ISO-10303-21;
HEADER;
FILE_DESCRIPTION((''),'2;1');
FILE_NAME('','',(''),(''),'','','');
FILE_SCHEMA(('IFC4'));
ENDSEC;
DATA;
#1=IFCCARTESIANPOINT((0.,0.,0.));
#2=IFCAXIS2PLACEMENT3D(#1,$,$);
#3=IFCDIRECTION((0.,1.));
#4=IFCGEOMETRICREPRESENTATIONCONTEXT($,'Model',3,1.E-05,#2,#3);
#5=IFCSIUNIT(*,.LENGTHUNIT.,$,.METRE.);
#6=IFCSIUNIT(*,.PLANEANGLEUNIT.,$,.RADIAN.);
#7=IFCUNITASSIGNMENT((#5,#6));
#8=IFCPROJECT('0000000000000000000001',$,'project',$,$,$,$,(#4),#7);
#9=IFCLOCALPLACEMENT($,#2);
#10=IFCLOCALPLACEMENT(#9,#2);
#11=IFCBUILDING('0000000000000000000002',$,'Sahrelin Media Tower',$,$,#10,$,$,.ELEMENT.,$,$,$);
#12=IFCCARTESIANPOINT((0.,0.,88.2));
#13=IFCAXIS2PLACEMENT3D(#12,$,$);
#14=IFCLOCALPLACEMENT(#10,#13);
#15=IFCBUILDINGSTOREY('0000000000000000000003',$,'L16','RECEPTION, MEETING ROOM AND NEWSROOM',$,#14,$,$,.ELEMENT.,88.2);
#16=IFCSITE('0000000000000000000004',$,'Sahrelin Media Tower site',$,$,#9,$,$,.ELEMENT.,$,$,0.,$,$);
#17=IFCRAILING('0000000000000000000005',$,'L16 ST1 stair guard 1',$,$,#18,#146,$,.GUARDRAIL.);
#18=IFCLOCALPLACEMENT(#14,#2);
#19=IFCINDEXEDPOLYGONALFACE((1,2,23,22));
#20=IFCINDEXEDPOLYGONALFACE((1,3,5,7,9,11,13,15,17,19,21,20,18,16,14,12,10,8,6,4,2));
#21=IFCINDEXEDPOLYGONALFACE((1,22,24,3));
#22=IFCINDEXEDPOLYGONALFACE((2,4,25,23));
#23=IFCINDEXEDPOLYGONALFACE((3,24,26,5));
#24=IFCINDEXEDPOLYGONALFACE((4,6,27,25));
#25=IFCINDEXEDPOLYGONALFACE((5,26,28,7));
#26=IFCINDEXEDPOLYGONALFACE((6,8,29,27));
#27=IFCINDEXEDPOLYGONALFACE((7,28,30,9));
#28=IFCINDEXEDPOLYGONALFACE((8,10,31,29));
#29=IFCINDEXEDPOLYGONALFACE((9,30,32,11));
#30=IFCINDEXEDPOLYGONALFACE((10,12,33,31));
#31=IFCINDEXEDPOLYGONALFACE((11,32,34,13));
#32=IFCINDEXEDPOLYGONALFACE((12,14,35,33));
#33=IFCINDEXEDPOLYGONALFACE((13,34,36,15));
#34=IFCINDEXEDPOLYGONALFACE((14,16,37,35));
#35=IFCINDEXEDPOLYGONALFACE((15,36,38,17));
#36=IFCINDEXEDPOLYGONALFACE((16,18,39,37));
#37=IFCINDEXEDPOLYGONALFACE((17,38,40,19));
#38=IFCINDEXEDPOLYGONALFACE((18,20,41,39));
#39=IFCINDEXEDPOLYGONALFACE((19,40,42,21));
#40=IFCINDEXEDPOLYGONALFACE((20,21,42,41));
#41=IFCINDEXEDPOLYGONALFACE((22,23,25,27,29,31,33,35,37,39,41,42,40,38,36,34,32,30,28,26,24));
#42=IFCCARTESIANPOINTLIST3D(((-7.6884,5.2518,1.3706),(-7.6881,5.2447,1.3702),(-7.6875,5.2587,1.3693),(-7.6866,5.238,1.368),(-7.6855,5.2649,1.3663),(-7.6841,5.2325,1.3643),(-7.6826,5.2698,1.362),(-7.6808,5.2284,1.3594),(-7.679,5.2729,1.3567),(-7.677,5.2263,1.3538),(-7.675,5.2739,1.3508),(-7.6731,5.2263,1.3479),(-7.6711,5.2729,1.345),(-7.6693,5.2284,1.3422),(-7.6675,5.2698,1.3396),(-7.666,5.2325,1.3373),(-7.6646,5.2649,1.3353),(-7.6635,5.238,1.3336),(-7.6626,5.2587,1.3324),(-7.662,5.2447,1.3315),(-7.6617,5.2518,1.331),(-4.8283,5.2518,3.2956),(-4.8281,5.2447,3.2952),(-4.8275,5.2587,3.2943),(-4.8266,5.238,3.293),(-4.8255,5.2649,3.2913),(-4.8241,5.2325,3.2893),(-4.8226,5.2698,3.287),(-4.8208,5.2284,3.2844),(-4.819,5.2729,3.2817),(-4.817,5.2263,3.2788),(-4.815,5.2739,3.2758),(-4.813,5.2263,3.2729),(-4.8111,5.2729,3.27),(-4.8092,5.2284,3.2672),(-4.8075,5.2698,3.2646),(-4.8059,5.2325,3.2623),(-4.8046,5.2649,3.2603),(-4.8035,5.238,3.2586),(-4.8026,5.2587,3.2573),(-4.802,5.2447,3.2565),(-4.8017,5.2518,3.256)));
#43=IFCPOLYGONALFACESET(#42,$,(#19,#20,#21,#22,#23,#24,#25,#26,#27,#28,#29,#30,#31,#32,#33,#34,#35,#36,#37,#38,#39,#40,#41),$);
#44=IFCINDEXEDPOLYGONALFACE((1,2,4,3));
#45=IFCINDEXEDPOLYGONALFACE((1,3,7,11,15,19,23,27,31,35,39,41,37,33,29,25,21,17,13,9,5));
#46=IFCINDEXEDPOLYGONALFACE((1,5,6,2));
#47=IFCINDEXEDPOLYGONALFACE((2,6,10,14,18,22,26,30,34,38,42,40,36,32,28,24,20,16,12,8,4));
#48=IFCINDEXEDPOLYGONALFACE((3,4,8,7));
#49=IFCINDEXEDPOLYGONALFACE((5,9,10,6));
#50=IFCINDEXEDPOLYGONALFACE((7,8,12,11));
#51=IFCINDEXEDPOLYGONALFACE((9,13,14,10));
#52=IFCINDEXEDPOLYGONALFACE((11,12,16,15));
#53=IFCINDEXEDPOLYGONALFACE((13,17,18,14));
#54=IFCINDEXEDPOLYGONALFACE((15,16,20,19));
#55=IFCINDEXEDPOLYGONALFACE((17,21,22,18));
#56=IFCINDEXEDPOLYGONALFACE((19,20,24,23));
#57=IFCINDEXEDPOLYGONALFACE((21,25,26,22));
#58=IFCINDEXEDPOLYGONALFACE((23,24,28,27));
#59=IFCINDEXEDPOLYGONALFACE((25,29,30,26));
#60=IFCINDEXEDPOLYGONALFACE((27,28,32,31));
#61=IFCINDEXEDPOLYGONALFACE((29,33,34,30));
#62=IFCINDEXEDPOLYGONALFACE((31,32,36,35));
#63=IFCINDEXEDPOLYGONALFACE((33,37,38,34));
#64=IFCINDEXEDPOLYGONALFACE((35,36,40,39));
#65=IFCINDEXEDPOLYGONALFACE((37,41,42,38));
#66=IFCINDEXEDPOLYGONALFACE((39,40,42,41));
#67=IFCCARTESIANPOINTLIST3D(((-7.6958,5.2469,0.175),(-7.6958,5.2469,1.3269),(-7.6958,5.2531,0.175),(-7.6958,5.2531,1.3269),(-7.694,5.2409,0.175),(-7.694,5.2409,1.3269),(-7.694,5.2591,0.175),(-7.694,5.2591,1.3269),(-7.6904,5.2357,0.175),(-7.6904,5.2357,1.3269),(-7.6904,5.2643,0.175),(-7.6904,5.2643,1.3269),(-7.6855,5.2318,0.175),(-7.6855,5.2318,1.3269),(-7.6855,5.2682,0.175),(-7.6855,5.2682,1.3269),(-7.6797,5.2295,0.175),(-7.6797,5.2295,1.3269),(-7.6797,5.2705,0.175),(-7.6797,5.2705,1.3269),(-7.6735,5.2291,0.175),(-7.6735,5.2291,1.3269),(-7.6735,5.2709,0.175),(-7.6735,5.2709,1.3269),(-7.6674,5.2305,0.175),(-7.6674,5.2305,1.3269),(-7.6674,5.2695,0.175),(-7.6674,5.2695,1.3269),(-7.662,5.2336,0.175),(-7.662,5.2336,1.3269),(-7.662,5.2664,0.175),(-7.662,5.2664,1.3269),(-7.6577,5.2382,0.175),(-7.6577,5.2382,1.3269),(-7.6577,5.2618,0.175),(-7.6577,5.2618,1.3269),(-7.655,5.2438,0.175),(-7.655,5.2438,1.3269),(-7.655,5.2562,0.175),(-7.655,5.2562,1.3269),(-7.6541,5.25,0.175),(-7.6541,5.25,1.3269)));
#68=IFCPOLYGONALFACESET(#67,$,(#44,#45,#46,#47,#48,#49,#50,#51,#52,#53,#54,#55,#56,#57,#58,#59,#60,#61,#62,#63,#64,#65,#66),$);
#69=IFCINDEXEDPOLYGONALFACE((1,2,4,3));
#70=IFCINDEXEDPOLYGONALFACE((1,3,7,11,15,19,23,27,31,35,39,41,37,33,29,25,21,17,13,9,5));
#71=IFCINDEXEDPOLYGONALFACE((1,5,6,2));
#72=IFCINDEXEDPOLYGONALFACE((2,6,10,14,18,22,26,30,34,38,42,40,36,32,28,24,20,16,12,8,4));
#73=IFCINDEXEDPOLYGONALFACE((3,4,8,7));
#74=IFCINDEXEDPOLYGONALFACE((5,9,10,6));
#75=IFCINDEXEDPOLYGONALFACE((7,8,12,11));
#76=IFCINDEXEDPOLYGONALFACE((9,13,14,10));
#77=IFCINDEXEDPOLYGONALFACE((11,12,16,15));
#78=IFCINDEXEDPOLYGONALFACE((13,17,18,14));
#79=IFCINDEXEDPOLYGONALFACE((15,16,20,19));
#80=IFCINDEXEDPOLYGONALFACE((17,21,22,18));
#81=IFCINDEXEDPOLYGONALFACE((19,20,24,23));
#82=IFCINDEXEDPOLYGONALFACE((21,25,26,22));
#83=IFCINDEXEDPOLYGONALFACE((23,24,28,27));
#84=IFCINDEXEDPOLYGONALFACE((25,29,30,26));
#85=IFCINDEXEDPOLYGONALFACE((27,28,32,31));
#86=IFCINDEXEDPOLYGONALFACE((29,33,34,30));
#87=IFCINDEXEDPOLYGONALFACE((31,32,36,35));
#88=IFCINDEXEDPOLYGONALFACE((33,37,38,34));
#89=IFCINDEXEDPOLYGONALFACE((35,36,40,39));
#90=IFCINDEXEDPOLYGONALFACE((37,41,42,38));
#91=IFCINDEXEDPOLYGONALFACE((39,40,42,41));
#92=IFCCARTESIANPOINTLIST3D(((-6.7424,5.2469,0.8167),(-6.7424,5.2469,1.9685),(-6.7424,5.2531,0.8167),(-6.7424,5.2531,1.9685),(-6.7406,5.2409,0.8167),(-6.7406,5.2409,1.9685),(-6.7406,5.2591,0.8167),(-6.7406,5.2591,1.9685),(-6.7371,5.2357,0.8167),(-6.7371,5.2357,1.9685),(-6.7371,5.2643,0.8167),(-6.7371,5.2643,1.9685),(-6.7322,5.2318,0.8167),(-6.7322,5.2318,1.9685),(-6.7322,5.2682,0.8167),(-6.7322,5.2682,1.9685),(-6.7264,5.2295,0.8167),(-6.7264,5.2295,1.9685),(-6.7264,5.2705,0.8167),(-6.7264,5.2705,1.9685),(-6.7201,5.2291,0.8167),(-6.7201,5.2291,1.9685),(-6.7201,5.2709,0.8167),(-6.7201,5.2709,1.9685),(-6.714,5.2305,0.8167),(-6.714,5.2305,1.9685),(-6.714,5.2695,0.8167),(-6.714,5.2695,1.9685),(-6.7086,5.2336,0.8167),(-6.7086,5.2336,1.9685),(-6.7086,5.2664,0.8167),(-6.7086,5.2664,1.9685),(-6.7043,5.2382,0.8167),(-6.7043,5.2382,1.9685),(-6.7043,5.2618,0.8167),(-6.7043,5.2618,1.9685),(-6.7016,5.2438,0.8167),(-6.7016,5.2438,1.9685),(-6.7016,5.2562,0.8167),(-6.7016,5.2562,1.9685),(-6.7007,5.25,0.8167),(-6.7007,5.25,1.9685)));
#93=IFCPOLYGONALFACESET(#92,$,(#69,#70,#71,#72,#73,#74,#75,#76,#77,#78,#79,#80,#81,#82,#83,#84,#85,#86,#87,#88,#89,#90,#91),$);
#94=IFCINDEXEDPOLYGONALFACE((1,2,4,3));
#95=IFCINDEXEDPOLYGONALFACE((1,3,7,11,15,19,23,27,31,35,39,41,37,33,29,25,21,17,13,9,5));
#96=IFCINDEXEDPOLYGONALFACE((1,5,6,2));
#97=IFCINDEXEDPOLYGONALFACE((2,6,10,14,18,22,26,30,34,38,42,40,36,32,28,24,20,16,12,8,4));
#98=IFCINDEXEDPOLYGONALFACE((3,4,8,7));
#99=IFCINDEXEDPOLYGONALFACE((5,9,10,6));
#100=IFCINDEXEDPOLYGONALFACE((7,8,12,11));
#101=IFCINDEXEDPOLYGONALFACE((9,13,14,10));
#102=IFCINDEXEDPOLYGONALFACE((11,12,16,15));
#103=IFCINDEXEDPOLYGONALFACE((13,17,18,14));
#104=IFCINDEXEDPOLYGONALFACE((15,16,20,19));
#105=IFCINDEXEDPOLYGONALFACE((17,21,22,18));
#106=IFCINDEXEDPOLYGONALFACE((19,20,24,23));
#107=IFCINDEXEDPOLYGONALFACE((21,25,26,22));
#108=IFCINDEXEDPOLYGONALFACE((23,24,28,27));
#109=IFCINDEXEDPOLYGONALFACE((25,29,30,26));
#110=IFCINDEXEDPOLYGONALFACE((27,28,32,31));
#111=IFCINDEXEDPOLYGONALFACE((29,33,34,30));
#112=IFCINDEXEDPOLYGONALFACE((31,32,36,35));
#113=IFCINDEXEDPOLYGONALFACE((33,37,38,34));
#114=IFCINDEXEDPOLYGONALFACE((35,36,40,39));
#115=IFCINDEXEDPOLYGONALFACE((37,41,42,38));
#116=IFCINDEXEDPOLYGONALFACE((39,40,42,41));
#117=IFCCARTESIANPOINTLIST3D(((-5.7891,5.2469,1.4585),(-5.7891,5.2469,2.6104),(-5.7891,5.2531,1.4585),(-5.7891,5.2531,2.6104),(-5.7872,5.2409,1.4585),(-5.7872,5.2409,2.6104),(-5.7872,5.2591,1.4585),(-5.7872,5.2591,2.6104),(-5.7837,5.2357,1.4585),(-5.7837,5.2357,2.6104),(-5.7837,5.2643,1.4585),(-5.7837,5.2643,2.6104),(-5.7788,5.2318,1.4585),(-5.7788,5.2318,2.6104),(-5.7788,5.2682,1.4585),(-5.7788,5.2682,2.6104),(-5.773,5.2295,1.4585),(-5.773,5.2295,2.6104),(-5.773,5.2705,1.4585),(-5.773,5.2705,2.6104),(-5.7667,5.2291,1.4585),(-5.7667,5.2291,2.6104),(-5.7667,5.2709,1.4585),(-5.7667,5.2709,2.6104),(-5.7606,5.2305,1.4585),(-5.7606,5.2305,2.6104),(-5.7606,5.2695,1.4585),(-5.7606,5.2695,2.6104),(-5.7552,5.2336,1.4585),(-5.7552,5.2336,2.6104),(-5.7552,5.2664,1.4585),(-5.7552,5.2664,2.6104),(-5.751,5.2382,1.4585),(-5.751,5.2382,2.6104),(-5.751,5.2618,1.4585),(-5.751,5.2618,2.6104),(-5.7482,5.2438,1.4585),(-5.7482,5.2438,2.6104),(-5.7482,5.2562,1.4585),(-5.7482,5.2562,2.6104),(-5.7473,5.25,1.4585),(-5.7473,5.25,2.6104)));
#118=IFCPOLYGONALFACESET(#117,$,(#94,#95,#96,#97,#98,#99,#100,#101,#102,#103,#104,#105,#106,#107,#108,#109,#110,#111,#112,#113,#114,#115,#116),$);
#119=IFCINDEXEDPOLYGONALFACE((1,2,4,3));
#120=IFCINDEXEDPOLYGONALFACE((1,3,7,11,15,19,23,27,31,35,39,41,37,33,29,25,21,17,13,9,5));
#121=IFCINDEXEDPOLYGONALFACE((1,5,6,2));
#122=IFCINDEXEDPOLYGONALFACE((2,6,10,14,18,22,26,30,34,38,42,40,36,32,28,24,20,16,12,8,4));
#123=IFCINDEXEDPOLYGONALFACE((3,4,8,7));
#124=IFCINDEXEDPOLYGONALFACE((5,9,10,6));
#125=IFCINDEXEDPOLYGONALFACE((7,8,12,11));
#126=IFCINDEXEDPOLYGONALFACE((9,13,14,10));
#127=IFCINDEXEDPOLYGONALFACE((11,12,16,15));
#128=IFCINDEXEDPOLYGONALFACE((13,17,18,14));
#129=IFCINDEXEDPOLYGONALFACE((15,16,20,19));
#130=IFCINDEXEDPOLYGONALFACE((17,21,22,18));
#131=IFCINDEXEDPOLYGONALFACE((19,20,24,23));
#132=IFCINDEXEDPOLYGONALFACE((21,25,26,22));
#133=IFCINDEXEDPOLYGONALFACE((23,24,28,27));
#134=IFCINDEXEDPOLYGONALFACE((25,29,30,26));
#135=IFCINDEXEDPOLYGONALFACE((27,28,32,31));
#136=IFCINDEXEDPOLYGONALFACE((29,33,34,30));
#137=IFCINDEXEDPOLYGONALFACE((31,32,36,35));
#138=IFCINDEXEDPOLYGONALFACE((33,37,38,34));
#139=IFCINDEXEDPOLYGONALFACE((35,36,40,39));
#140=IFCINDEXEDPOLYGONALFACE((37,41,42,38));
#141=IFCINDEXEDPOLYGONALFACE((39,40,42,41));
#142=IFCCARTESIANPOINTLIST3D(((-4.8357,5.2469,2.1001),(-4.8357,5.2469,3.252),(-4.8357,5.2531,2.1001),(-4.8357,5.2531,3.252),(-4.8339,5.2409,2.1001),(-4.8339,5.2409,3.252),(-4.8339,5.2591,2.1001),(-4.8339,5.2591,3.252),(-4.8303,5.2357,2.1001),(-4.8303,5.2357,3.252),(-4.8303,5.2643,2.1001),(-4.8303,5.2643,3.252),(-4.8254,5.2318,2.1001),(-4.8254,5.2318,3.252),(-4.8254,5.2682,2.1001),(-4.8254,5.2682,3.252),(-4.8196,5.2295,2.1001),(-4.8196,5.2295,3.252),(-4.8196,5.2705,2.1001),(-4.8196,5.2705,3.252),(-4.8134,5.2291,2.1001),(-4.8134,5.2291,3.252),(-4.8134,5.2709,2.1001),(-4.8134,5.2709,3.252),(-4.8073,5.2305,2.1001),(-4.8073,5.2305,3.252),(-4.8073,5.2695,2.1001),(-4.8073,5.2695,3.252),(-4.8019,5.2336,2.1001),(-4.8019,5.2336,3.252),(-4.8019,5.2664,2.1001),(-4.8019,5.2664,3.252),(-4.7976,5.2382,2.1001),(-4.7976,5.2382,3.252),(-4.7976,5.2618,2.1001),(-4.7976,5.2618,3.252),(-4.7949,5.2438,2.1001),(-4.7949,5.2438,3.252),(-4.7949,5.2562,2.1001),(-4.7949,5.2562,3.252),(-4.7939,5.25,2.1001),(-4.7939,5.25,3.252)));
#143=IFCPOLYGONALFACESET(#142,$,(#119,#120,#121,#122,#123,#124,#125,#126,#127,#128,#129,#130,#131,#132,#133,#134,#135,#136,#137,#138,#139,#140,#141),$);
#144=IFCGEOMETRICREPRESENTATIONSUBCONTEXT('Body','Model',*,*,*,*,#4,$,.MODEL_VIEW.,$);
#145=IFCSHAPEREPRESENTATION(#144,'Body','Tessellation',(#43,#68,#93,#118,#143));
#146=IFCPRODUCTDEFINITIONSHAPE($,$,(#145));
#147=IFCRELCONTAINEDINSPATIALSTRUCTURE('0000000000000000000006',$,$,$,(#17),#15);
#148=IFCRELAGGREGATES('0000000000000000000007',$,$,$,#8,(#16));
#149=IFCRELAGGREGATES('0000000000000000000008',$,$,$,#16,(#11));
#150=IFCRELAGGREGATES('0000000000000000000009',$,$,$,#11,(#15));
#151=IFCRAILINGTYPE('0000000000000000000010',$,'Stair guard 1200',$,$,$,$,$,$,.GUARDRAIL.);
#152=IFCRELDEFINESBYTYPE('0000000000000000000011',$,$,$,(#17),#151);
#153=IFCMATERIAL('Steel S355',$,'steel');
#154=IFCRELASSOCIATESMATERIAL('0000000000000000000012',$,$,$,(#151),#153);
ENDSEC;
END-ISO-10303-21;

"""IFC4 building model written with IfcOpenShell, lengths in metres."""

from ifc_helpers import new_model, si_unit, direction, frame, origin, origin_2d, place, context, subcontext, project, spatial, circle, extrude, material, type_object, element, save


model = new_model("IFC4")

# Units and contexts
model_context = context("Model", 3, precision=1e-05, world=origin(), true_north=direction((0.0, 1.0)))
body_context = subcontext(model_context, "Body", "Model", "MODEL_VIEW")
ifc_project = project(units=[si_unit("LENGTHUNIT", "METRE"), si_unit("PLANEANGLEUNIT", "RADIAN")], contexts=[model_context])

# Site, building, storey
site_placement = place(None, origin())
site = spatial("IfcSite", under=ifc_project, at=site_placement, Name="Sahrelin Media Tower site", CompositionType="ELEMENT", RefElevation=0.0)
building_placement = place(site_placement, origin())
building = spatial("IfcBuilding", under=site, at=building_placement, Name="Sahrelin Media Tower", CompositionType="ELEMENT")
storey_placement = place(building_placement, frame((0.0, 0.0, 88.2)))
storey = spatial("IfcBuildingStorey", under=building, at=storey_placement, Name="L16", Description="RECEPTION, MEETING ROOM AND NEWSROOM", CompositionType="ELEMENT", Elevation=88.2)

# Shared definitions
ifc_material_1 = material(Name="Steel S355", Category="steel")

# Railing
railing_type_1 = type_object("IfcRailingType", Name="Stair guard 1200", PredefinedType="GUARDRAIL", material=ifc_material_1)
railing_1_placement = place(storey_placement, frame((-7.675, 5.25, 0.175)))
element("IfcRailing", 1, at=railing_1_placement, inside=storey, type_object=railing_type_1, Name="L16 ST1 stair guard 1", PredefinedType="GUARDRAIL", context=body_context, shape_type="SweptSolid", body=[
    extrude(circle(Radius=0.0239, at=origin_2d()), frame((0.0, 0.0, 1.1758), z_axis=(0.829591, 0.0, 0.558372), x_axis=(0.0, 1.0, 0.0)), (0.0, 0.0, 1.0), 3.4475),
    extrude(circle(Radius=0.021, at=origin_2d()), origin(), (0.0, 0.0, 1.0), 1.1519),
    extrude(circle(Radius=0.021, at=origin_2d()), frame((0.9534, 0.0, 0.6416)), (0.0, 0.0, 1.0), 1.1519),
    extrude(circle(Radius=0.021, at=origin_2d()), frame((1.9067, 0.0, 1.2834)), (0.0, 0.0, 1.0), 1.1519),
    extrude(circle(Radius=0.021, at=origin_2d()), frame((2.8601, 0.0, 1.925)), (0.0, 0.0, 1.0), 1.1519),
])

save(model, "model.ifc")
